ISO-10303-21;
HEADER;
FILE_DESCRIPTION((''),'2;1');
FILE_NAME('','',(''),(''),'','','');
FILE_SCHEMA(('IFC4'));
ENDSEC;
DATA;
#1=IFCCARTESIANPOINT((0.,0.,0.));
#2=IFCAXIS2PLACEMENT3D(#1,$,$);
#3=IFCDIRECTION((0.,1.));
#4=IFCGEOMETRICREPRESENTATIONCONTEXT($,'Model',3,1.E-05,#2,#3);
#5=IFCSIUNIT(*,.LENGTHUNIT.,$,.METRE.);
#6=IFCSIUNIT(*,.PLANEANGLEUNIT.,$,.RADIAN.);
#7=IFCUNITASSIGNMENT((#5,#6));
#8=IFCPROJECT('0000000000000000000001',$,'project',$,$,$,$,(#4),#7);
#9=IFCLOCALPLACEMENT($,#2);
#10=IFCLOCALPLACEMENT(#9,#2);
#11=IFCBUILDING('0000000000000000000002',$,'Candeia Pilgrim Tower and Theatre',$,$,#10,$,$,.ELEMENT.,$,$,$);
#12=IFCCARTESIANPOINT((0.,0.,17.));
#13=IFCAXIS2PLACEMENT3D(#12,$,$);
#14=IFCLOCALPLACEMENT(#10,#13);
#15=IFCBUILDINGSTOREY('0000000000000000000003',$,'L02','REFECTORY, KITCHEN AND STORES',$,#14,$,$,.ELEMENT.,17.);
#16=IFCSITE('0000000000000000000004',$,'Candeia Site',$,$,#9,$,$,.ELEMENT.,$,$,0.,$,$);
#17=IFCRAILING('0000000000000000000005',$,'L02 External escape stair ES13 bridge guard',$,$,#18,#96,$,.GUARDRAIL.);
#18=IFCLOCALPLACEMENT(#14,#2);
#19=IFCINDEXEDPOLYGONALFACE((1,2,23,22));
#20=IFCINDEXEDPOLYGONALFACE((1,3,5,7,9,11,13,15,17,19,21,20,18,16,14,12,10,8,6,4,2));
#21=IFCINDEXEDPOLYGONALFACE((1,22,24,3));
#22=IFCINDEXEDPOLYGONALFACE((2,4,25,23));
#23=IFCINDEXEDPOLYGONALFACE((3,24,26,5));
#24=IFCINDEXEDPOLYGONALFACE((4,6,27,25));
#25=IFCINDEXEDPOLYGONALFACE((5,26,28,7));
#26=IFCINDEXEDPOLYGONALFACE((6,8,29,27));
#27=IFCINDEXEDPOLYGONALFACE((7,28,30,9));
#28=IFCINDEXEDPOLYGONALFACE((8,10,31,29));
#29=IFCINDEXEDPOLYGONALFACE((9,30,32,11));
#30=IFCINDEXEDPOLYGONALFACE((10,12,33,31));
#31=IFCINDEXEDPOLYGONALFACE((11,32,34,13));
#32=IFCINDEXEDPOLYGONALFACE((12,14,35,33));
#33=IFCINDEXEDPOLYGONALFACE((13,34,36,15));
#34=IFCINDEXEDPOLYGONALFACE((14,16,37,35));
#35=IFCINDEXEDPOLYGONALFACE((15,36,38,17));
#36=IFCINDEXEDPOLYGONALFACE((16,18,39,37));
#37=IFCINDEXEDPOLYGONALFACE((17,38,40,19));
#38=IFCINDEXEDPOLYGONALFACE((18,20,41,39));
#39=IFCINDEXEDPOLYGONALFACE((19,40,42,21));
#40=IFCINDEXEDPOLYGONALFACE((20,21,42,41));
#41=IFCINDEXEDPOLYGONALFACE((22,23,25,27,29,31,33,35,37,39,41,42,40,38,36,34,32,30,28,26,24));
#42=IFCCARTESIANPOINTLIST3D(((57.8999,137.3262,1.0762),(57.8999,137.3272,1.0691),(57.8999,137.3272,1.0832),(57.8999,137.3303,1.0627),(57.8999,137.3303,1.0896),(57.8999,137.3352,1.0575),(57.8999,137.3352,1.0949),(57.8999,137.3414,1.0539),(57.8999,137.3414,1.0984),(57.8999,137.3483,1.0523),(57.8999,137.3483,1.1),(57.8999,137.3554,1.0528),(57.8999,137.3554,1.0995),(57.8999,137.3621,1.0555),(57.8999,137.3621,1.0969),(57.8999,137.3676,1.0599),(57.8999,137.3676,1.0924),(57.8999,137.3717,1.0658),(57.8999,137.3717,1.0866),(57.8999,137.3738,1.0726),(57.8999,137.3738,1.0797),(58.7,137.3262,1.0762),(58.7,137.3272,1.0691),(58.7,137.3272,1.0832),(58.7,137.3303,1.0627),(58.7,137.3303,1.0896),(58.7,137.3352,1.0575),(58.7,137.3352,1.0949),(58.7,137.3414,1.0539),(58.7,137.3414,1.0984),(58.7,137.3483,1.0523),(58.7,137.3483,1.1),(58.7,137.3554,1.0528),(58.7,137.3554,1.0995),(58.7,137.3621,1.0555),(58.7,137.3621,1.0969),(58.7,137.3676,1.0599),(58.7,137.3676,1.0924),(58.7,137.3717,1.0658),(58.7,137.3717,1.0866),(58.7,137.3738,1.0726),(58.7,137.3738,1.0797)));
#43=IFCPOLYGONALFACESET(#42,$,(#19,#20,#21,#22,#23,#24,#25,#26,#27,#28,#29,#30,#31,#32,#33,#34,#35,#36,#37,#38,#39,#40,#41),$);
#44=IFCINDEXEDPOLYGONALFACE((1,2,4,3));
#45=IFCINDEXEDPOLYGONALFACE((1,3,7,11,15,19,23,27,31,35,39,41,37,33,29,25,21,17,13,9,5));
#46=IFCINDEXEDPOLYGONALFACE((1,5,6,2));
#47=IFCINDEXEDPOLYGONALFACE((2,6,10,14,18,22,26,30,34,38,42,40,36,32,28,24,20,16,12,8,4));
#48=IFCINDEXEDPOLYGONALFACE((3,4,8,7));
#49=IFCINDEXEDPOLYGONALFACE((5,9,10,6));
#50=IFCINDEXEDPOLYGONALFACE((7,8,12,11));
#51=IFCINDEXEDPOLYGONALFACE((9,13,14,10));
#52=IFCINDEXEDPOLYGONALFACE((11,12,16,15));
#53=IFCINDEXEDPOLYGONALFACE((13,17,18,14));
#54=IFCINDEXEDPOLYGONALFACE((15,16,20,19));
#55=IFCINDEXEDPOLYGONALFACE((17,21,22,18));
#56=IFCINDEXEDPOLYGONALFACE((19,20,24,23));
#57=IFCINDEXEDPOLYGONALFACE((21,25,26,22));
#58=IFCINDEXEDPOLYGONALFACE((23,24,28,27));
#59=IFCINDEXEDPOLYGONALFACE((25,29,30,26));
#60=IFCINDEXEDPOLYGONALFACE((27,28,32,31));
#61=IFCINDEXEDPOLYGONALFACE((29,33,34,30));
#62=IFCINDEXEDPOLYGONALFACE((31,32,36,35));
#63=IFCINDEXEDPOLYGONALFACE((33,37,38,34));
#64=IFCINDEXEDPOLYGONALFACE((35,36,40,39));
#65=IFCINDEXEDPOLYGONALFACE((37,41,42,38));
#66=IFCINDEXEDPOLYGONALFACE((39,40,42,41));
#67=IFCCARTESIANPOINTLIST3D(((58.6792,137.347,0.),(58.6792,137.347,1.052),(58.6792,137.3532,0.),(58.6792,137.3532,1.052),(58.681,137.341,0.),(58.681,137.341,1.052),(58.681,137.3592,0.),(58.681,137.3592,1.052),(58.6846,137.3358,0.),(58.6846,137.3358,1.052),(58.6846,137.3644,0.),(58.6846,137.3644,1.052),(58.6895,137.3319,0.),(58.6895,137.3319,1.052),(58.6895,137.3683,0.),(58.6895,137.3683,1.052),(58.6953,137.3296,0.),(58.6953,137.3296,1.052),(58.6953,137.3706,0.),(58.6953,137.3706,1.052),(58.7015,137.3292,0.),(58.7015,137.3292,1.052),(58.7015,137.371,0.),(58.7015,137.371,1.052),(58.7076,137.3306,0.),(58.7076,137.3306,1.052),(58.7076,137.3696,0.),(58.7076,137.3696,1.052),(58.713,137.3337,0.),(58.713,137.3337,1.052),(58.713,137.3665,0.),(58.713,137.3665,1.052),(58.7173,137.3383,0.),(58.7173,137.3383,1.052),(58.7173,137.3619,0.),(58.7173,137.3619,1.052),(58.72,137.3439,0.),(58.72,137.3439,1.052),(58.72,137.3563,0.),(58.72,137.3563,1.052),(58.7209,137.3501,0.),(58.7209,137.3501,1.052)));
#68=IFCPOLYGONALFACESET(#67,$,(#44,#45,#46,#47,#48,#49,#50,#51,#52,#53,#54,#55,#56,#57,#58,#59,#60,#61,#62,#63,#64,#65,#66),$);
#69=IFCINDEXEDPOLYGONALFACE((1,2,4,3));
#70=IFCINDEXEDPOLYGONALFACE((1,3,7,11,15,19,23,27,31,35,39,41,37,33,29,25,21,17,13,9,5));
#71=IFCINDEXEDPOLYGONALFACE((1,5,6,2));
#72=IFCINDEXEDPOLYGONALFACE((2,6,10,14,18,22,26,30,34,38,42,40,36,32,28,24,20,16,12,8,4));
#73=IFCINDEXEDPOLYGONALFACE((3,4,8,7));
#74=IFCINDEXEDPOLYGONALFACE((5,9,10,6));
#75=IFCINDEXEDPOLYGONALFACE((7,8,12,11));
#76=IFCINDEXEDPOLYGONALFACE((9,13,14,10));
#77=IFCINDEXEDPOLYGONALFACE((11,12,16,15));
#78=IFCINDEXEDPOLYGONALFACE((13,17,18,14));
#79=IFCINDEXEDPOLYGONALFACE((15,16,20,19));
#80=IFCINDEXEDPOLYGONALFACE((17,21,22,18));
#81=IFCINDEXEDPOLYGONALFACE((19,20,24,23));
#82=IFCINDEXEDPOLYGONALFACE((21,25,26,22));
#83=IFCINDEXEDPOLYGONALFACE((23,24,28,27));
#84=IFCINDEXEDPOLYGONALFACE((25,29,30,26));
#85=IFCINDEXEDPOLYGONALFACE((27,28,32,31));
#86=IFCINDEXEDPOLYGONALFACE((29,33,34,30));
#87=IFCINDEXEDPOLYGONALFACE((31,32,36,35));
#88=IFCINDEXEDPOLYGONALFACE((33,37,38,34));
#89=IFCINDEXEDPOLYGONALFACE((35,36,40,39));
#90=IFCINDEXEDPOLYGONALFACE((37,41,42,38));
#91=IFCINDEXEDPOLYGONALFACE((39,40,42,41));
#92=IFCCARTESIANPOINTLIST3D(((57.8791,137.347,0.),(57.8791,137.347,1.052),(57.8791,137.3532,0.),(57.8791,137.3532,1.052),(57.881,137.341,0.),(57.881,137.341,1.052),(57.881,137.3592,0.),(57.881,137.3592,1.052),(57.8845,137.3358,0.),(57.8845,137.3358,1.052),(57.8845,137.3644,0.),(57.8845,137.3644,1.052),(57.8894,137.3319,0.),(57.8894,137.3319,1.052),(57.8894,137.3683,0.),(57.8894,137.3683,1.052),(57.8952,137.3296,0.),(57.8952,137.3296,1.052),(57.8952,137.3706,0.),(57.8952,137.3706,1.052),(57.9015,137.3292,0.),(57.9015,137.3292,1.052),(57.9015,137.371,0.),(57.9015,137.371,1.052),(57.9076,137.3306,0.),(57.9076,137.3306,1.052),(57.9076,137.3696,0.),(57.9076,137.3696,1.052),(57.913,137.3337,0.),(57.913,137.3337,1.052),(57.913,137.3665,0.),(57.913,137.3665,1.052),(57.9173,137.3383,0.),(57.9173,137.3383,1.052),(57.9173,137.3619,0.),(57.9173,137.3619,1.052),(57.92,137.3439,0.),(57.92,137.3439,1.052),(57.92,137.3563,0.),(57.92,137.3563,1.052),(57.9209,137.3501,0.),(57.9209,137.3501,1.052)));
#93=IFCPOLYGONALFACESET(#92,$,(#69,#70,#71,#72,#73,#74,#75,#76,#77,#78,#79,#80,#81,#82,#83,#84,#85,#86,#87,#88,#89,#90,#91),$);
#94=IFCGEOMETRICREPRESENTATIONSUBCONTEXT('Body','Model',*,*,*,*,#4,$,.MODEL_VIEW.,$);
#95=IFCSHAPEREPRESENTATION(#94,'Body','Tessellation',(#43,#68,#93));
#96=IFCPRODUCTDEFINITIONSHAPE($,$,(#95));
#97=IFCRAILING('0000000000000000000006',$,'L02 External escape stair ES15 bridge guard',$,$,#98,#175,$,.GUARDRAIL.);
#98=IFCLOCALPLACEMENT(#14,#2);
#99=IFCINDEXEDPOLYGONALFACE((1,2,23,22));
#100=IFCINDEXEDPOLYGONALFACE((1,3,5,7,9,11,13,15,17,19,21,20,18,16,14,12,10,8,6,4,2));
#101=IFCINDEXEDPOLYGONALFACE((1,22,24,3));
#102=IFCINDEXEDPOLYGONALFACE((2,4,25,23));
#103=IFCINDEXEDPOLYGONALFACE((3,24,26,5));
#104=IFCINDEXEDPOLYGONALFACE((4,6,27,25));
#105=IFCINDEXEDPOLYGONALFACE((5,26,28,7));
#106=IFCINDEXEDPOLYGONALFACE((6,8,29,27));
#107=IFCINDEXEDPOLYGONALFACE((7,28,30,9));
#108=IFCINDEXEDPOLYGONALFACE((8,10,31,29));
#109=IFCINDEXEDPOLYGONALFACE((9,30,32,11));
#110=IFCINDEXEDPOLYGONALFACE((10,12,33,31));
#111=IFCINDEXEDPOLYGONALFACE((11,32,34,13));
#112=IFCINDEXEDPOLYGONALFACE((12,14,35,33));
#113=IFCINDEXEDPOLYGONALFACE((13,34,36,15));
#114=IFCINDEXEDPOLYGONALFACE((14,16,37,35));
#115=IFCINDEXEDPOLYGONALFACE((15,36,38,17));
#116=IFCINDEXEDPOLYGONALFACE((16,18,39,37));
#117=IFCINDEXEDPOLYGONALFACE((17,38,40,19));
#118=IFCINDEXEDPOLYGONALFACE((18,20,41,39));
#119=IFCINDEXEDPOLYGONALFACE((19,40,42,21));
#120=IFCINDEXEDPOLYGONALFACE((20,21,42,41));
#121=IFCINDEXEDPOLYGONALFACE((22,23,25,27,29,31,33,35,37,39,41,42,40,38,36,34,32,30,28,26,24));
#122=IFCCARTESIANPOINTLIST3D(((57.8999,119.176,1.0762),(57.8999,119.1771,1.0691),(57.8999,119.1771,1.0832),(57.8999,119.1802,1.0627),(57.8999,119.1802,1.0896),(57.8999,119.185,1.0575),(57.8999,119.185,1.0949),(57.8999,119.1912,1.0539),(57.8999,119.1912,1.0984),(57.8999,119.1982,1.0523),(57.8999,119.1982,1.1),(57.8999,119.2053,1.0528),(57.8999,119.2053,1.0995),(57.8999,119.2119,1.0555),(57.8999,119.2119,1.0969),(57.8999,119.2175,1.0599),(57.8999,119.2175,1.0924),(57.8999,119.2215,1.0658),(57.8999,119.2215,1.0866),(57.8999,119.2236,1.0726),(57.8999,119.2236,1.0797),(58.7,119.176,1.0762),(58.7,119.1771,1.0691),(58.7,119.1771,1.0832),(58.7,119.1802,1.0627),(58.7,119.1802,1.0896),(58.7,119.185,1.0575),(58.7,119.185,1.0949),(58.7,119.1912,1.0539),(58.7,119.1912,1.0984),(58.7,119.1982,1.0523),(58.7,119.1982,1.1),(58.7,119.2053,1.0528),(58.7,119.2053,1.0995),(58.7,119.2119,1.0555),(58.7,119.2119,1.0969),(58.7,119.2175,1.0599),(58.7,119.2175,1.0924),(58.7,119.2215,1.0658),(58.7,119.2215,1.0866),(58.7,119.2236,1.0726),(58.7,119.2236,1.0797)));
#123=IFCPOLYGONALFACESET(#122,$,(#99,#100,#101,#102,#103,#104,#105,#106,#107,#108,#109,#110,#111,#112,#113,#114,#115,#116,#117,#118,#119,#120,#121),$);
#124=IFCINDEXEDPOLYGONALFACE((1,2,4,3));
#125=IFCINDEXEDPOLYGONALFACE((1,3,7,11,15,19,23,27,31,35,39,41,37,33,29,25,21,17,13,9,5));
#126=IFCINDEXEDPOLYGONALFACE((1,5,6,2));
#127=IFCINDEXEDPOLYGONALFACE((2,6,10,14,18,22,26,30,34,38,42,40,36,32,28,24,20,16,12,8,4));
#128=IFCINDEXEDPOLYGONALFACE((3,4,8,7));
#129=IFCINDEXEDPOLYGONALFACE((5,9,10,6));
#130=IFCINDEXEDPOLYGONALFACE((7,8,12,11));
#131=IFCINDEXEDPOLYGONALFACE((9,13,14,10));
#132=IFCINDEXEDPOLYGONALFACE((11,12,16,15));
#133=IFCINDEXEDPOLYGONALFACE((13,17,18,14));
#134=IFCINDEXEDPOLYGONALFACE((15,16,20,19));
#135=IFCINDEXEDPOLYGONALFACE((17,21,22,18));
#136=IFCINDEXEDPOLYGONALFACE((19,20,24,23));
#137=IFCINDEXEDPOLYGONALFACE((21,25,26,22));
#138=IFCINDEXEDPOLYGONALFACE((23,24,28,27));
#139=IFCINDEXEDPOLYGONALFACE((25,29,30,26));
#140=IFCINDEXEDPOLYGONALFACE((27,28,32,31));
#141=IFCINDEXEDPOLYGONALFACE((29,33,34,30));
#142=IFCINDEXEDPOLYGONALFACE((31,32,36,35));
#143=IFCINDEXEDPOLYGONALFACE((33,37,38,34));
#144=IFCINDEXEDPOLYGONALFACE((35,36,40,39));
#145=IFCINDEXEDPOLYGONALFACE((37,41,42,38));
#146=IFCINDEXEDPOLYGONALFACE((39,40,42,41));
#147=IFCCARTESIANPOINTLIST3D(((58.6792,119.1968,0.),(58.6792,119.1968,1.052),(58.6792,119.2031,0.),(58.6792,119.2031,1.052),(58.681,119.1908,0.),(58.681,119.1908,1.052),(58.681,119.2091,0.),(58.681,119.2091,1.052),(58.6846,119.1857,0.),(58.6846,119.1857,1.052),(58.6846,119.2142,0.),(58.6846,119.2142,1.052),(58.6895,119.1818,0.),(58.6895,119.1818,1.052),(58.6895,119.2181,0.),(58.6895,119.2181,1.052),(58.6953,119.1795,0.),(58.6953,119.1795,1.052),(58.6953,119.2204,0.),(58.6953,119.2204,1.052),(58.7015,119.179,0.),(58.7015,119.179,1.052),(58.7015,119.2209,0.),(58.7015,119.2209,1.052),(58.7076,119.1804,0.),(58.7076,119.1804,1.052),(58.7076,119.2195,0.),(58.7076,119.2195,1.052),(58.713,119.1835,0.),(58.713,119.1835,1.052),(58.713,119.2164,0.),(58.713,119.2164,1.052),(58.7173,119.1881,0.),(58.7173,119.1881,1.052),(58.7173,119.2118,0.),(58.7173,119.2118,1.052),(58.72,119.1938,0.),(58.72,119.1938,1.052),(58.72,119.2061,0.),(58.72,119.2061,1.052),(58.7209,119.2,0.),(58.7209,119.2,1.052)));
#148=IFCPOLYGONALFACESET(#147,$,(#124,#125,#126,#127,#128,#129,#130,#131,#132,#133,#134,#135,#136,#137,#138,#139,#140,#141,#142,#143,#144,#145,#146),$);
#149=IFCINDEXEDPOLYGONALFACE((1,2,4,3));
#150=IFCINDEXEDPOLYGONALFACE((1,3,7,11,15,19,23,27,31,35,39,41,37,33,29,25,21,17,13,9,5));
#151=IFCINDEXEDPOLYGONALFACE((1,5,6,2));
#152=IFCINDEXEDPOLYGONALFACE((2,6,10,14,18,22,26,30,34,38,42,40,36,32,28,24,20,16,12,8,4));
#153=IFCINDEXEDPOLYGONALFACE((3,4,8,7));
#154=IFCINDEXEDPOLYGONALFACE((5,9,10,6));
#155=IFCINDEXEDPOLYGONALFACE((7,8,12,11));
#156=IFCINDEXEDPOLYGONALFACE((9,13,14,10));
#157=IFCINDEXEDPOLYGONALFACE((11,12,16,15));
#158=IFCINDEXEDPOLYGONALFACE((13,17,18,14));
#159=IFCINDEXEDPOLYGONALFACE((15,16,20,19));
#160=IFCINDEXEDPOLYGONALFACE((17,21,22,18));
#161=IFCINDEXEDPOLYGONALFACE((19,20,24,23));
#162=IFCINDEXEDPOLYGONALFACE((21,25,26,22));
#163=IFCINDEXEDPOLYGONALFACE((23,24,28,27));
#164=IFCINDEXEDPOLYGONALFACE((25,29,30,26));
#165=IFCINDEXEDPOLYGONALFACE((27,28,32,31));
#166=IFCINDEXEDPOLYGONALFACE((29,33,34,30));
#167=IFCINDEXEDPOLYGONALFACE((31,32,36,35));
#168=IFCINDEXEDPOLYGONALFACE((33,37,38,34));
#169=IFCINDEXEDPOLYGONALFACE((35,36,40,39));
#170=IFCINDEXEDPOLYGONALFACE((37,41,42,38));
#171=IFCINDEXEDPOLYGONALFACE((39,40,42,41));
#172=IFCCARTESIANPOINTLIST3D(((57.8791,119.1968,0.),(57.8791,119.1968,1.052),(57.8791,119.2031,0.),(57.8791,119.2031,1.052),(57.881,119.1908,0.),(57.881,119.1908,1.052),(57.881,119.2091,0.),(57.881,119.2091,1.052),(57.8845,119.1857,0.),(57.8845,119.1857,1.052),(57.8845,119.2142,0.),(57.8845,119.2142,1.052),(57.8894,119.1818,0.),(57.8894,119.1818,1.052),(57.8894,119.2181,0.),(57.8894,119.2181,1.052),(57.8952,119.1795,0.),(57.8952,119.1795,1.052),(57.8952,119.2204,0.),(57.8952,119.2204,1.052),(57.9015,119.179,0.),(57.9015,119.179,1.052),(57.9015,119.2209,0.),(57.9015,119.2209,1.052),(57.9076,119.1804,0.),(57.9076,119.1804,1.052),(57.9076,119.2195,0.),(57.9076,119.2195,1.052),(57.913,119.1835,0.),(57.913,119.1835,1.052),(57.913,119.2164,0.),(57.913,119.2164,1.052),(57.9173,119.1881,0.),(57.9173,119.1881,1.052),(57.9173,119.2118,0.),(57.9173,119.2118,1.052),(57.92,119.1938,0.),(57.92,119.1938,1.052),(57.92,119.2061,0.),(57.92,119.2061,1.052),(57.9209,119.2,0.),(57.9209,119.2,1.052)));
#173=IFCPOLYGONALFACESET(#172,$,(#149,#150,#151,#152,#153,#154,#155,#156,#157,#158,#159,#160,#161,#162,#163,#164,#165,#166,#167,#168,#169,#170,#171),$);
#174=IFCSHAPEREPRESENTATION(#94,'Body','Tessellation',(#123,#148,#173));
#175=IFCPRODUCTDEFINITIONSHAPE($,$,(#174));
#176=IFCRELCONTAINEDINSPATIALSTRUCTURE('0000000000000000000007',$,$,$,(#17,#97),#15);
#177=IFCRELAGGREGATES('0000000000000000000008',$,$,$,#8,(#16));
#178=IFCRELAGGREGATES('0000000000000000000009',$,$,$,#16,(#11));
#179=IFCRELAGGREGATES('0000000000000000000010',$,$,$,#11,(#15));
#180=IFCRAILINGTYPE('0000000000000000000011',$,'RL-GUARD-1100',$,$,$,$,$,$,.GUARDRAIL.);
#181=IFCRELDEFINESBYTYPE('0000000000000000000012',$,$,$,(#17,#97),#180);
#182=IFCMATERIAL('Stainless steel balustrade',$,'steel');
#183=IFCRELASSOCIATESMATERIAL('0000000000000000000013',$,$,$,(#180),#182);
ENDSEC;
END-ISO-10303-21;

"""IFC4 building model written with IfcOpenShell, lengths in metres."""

from ifc_helpers import new_model, si_unit, direction, frame, origin, origin_2d, place, context, subcontext, project, spatial, circle, extrude, material, type_object, element, save


model = new_model("IFC4")

# Units and contexts
model_context = context("Model", 3, precision=1e-05, world=origin(), true_north=direction((0.0, 1.0)))
body_context = subcontext(model_context, "Body", "Model", "MODEL_VIEW")
ifc_project = project(units=[si_unit("LENGTHUNIT", "METRE"), si_unit("PLANEANGLEUNIT", "RADIAN")], contexts=[model_context])

# Site, building, storey
site_placement = place(None, origin())
site = spatial("IfcSite", under=ifc_project, at=site_placement, Name="Candeia Site", CompositionType="ELEMENT", RefElevation=0.0)
building_placement = place(site_placement, origin())
building = spatial("IfcBuilding", under=site, at=building_placement, Name="Candeia Pilgrim Tower and Theatre", CompositionType="ELEMENT")
storey_placement = place(building_placement, frame((0.0, 0.0, 17.0)))
storey = spatial("IfcBuildingStorey", under=building, at=storey_placement, Name="L02", Description="REFECTORY, KITCHEN AND STORES", CompositionType="ELEMENT", Elevation=17.0)

# Railings
ifc_material_1 = material(Name="Stainless steel balustrade", Category="steel")
railing_type_1 = type_object("IfcRailingType", Name="RL-GUARD-1100", PredefinedType="GUARDRAIL", material=ifc_material_1)
railing_1_placement = place(storey_placement, frame((58.7, 137.3501, 0.0)))
element("IfcRailing", 1, at=railing_1_placement, inside=storey, type_object=railing_type_1, Name="L02 External escape stair ES13 bridge guard", PredefinedType="GUARDRAIL", context=body_context, shape_type="SweptSolid", body=[
    extrude(circle(Radius=0.0239, at=origin_2d()), frame((0.0, 0.0, 1.0762), z_axis=(-1.0, 0.0, 0.0), x_axis=(0.0, -1.0, 0.0)), (0.0, 0.0, 1.0), 0.8),
    extrude(circle(Radius=0.021, at=origin_2d()), origin(), (0.0, 0.0, 1.0), 1.052),
    extrude(circle(Radius=0.021, at=origin_2d()), frame((-0.8, 0.0, 0.0)), (0.0, 0.0, 1.0), 1.052),
])
railing_2_placement = place(storey_placement, frame((58.7, 119.2, 0.0)))
element("IfcRailing", 2, at=railing_2_placement, inside=storey, type_object=railing_type_1, Name="L02 External escape stair ES15 bridge guard", PredefinedType="GUARDRAIL", context=body_context, shape_type="SweptSolid", body=[
    extrude(circle(Radius=0.0239, at=origin_2d()), frame((0.0, 0.0, 1.0762), z_axis=(-1.0, 0.0, 0.0), x_axis=(0.0, -1.0, 0.0)), (0.0, 0.0, 1.0), 0.8),
    extrude(circle(Radius=0.021, at=origin_2d()), origin(), (0.0, 0.0, 1.0), 1.052),
    extrude(circle(Radius=0.021, at=origin_2d()), frame((-0.8, 0.0, 0.0)), (0.0, 0.0, 1.0), 1.052),
])

save(model, "model.ifc")
